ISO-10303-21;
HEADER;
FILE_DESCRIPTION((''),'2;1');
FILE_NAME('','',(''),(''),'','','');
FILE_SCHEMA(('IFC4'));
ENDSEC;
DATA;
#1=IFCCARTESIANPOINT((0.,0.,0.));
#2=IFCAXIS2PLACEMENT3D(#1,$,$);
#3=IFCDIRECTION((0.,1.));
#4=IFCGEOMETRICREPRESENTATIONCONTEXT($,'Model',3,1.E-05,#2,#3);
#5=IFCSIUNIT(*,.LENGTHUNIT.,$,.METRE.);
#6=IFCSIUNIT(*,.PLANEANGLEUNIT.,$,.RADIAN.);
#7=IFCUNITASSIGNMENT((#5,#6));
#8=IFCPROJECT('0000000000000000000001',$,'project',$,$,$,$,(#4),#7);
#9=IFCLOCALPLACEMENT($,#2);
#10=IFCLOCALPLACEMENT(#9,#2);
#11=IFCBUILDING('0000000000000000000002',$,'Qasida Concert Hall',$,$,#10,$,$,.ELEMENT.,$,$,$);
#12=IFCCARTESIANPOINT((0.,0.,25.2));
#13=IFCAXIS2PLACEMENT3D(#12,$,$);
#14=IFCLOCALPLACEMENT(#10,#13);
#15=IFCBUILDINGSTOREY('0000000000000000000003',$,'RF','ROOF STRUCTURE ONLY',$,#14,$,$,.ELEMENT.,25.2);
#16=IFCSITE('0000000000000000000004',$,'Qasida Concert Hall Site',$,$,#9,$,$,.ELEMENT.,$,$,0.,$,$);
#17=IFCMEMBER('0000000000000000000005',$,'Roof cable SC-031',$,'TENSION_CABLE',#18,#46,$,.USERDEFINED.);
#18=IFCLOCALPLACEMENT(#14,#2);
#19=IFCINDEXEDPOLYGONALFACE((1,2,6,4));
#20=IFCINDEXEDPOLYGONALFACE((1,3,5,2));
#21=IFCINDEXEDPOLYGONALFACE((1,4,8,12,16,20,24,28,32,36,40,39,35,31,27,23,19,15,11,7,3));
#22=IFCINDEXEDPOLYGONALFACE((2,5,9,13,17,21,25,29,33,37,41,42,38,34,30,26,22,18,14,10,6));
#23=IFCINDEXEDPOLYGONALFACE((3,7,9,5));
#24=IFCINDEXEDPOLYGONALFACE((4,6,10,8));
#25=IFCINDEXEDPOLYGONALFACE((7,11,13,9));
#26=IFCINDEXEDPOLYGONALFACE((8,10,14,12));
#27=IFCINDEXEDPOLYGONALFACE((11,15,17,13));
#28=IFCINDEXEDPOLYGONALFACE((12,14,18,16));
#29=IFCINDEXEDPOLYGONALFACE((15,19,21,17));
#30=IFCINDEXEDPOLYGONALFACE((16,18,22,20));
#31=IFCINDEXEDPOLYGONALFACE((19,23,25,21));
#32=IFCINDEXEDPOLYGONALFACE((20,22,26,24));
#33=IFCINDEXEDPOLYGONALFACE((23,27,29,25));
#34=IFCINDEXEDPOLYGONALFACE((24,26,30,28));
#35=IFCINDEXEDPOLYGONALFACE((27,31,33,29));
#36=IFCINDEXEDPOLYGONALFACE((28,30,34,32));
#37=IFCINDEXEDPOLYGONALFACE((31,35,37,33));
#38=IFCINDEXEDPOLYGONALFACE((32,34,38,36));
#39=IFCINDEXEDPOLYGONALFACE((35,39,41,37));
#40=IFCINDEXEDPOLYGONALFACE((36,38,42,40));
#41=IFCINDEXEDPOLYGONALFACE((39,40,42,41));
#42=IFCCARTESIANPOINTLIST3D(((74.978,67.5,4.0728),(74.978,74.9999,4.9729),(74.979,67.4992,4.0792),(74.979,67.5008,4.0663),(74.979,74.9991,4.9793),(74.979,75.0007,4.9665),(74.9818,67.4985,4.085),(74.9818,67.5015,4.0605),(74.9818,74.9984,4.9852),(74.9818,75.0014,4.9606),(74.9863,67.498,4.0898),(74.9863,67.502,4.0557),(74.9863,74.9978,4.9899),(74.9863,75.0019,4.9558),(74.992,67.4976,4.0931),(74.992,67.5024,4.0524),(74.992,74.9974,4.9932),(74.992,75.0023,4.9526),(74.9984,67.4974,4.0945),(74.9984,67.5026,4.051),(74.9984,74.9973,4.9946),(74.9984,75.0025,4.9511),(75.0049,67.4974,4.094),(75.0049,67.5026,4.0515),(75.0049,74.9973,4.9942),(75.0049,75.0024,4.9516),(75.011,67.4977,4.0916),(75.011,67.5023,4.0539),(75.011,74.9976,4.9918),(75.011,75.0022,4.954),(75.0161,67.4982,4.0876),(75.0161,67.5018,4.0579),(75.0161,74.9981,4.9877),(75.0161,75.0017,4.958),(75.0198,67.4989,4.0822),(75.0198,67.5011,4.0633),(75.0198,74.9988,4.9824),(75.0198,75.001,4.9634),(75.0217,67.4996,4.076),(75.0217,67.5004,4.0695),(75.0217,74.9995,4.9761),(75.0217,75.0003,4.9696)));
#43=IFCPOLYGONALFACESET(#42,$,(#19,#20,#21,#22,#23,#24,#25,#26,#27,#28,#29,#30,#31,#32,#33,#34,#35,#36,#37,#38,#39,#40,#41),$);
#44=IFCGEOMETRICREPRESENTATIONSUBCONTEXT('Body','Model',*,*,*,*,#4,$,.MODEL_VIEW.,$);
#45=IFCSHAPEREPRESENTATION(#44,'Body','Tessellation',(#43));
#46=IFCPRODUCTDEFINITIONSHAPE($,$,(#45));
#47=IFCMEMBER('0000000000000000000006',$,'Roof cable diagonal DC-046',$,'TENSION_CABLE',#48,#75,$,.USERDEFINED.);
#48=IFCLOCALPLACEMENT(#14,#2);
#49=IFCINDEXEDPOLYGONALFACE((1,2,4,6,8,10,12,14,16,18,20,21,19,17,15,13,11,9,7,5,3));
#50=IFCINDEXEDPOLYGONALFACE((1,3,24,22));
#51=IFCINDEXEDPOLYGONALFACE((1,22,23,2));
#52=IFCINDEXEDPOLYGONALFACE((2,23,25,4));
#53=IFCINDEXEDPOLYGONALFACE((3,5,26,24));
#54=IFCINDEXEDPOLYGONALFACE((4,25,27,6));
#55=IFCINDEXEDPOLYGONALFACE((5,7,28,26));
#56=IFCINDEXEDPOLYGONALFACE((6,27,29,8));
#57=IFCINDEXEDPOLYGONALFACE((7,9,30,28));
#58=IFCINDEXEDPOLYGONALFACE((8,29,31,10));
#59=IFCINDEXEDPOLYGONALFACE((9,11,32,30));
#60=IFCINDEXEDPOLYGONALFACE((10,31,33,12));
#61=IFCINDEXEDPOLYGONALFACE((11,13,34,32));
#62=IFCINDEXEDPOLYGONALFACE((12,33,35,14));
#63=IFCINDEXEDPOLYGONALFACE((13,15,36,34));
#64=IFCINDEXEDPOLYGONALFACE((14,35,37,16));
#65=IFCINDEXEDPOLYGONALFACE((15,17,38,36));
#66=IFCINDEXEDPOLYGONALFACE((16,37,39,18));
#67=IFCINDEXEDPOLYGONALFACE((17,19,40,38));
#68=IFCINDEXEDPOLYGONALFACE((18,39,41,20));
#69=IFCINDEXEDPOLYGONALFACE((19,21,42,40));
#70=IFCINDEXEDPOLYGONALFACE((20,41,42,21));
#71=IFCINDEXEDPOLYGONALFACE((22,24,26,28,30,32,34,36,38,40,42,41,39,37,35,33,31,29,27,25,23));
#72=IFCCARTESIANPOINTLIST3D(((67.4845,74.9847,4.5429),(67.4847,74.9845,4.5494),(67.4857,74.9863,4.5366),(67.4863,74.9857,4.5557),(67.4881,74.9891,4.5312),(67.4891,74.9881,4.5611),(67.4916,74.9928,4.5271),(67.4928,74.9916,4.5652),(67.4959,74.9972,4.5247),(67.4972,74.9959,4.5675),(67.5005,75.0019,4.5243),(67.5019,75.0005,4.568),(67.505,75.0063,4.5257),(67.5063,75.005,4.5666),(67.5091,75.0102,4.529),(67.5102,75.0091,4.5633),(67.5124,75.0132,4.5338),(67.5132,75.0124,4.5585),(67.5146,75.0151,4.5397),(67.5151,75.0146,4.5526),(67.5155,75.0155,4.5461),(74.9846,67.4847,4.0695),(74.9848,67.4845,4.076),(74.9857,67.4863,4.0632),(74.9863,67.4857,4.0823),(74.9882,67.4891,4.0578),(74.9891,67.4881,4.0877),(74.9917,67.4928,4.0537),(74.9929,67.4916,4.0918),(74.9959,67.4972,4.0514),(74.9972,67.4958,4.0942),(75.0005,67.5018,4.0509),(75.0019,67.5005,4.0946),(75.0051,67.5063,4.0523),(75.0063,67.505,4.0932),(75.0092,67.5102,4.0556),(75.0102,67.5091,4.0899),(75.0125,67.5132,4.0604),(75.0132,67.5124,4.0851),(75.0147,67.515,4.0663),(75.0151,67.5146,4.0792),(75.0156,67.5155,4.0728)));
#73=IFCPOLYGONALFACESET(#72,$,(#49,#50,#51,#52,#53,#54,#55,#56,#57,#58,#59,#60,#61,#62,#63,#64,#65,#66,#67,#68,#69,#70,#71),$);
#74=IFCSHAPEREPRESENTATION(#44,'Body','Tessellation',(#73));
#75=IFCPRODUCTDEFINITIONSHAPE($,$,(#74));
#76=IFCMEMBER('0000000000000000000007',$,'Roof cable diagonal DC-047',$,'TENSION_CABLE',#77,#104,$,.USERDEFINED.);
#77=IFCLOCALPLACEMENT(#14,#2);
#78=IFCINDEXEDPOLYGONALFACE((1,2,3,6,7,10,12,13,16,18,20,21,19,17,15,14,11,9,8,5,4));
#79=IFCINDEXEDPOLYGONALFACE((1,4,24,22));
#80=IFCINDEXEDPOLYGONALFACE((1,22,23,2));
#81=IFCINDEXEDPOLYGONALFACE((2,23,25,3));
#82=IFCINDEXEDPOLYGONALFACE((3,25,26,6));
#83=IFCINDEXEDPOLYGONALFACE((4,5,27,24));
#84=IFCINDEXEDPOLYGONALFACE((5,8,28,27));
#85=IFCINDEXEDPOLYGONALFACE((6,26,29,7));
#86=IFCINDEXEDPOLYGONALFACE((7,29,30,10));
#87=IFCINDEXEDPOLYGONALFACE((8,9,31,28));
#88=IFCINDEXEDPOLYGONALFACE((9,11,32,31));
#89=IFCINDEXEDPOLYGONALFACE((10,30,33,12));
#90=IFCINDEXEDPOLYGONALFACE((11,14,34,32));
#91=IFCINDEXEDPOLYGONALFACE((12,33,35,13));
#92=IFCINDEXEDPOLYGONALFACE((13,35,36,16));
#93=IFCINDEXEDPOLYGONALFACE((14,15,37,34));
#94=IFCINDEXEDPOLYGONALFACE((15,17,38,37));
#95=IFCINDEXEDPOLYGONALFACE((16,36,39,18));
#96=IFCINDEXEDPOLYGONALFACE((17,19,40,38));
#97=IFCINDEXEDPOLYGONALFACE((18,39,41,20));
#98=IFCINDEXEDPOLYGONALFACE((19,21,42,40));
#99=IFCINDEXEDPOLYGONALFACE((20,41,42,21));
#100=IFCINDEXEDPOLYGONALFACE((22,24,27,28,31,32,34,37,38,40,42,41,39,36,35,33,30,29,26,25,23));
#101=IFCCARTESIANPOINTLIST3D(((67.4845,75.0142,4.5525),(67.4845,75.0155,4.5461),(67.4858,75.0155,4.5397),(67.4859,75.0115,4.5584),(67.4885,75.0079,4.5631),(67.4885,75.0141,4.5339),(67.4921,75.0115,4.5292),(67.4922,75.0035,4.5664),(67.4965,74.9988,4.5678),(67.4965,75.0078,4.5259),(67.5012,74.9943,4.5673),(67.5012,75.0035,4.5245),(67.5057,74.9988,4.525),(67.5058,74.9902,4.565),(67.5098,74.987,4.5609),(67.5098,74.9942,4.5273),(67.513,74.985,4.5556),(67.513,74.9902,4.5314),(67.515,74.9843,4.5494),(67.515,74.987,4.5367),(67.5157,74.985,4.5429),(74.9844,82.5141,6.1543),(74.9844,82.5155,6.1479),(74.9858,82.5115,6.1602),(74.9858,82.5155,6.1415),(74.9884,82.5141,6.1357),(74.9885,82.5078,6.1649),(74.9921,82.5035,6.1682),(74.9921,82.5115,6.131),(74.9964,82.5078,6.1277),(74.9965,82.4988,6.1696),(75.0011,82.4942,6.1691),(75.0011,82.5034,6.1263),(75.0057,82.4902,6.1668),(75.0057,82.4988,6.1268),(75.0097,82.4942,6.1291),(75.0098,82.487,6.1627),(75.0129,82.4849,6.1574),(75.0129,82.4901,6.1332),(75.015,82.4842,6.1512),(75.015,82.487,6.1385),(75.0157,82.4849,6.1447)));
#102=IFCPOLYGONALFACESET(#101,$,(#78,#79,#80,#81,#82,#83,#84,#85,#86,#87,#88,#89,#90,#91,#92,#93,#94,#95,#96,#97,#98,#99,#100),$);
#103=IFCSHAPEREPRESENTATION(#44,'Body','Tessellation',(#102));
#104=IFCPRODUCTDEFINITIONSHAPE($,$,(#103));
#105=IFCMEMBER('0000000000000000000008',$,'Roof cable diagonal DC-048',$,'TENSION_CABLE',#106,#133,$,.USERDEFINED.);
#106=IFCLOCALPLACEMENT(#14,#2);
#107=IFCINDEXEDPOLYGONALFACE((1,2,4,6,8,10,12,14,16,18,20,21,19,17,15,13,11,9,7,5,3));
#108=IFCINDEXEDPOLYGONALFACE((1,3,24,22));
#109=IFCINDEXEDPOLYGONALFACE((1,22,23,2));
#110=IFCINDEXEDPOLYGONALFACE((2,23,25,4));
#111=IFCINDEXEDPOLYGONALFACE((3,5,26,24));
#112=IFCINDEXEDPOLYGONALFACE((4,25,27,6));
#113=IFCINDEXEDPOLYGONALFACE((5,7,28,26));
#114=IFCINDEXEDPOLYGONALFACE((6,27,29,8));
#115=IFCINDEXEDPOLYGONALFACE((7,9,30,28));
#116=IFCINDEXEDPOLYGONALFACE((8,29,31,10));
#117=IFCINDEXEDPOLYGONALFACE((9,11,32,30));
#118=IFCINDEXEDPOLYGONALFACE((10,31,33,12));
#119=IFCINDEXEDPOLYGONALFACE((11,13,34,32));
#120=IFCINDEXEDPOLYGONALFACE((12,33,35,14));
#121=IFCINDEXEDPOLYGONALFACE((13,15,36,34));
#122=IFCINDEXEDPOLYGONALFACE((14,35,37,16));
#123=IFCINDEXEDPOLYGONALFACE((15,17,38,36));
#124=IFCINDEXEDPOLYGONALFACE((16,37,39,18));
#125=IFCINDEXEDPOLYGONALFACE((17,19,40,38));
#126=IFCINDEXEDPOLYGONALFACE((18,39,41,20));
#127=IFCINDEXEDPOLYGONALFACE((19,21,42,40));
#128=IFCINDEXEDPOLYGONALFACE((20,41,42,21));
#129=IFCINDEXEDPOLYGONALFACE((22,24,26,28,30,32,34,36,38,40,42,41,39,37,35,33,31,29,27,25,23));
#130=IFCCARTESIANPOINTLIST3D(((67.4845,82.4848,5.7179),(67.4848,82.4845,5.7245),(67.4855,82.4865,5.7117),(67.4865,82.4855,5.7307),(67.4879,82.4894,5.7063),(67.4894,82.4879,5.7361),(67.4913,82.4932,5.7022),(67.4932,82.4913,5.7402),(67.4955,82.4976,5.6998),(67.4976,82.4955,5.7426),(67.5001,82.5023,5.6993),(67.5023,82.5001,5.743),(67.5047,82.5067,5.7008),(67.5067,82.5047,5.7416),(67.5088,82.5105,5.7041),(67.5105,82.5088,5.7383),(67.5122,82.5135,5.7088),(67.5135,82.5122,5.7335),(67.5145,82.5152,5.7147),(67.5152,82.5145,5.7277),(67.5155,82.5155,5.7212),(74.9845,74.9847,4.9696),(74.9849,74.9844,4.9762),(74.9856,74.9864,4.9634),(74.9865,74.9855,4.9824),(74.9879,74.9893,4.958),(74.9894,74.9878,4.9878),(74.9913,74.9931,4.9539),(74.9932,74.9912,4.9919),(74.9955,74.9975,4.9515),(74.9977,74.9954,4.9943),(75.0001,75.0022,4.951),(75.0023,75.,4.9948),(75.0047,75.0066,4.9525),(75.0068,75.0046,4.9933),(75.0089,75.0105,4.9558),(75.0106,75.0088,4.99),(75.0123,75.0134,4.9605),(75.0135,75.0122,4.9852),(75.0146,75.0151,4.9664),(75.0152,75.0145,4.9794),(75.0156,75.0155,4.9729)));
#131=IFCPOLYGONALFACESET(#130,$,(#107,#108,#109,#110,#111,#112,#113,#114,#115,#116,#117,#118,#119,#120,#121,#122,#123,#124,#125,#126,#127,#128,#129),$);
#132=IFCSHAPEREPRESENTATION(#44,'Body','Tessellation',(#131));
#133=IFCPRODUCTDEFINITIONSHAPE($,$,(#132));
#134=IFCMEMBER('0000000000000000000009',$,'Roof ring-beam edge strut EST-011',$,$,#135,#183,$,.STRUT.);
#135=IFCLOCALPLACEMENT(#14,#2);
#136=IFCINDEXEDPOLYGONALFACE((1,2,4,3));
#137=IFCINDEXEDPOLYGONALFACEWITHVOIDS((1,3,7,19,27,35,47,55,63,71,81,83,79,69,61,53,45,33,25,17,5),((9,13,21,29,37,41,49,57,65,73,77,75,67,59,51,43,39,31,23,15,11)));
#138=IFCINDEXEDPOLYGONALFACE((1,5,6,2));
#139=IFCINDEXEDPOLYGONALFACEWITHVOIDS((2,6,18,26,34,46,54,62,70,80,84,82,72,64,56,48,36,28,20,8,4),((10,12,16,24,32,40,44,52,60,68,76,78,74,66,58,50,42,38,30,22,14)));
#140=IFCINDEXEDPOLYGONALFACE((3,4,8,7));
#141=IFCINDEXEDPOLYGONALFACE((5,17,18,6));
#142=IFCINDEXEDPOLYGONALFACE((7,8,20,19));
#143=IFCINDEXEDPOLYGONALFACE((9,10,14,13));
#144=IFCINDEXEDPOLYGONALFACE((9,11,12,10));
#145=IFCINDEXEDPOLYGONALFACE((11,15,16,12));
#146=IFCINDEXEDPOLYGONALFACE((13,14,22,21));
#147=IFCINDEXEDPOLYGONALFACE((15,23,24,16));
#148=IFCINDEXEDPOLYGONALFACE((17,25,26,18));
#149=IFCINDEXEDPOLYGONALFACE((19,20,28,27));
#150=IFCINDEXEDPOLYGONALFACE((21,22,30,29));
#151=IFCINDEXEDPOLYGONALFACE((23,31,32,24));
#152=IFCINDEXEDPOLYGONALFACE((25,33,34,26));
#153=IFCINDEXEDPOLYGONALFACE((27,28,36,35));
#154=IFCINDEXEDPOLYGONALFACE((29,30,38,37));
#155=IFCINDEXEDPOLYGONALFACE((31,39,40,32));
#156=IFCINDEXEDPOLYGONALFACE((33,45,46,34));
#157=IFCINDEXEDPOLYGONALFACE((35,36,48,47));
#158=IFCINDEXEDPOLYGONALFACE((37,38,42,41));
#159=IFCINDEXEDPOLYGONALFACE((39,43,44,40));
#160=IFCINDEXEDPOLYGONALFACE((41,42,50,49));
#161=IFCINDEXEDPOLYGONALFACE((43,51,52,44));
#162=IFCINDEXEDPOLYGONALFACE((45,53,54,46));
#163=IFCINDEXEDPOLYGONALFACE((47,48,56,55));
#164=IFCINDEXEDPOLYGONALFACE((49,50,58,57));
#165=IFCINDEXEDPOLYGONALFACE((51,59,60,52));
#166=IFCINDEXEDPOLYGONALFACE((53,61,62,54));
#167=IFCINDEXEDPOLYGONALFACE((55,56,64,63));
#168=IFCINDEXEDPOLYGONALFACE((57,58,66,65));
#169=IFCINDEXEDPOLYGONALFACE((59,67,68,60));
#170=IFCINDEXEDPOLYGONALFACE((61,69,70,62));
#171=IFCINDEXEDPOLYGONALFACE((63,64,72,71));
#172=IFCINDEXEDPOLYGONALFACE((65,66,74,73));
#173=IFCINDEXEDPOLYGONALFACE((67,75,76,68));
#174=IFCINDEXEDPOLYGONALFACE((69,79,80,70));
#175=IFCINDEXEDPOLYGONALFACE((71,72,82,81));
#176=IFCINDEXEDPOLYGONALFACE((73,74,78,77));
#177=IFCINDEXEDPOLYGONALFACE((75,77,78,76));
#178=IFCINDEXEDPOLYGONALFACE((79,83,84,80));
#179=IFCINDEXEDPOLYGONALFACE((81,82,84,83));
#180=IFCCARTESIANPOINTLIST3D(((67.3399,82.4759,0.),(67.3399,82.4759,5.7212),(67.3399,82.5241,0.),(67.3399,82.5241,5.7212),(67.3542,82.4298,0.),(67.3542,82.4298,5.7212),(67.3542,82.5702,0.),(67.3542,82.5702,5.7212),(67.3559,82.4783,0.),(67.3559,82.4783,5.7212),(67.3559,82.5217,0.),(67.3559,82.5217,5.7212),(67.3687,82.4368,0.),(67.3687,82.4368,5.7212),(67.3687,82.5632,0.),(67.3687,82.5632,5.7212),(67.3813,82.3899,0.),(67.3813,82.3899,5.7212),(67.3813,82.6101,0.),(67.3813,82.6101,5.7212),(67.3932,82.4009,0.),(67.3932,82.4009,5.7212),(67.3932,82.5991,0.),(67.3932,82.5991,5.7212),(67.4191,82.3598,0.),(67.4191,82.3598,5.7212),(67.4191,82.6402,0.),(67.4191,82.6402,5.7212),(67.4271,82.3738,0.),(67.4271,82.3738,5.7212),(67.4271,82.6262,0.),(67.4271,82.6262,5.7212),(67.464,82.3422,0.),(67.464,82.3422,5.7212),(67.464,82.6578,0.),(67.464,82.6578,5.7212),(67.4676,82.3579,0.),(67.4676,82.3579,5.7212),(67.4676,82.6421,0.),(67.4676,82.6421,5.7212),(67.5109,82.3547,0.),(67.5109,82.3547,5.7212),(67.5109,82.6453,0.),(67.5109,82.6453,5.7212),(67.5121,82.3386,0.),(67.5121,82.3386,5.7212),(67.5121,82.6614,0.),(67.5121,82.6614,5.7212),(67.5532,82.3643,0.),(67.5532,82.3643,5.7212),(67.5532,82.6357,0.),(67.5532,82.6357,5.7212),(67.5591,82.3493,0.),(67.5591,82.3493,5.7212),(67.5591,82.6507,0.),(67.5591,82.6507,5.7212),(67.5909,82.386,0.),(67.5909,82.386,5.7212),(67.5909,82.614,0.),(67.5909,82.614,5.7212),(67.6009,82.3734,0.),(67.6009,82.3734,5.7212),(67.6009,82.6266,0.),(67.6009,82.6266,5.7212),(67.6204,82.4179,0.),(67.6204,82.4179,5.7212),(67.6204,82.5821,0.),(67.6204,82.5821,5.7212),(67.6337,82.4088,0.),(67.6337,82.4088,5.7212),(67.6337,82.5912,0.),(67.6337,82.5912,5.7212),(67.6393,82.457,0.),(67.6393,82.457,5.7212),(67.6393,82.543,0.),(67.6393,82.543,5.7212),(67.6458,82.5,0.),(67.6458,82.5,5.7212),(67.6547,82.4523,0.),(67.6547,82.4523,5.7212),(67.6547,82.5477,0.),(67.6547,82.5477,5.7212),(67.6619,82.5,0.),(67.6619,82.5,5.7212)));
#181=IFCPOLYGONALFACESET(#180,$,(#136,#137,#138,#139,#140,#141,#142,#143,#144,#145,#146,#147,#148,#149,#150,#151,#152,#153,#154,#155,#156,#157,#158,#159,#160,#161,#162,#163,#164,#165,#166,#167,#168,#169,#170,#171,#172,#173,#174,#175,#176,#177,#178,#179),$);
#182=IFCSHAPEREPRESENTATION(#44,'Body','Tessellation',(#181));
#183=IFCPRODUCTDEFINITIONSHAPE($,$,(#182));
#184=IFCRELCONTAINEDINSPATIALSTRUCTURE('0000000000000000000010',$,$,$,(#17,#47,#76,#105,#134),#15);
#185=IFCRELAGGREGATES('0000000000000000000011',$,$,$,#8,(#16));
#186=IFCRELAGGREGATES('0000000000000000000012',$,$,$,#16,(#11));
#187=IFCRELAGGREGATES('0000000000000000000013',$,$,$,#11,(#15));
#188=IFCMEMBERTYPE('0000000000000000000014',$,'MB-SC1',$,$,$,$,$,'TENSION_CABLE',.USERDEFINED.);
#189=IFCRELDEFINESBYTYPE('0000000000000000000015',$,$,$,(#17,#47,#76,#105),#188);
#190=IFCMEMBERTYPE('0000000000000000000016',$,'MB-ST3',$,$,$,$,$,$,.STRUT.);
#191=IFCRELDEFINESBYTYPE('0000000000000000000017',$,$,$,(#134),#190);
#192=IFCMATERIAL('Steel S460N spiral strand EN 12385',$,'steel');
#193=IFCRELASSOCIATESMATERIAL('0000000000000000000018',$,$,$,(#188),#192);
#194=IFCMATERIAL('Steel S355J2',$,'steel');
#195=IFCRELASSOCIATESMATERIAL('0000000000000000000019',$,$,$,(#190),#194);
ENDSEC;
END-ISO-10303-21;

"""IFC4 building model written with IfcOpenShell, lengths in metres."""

from ifc_helpers import new_model, si_unit, direction, frame, origin, origin_2d, place, context, subcontext, project, spatial, circle, hollow_circle, extrude, material, material_profile, profile_set, type_object, element, save


model = new_model("IFC4")

# Units and contexts
model_context = context("Model", 3, precision=1e-05, world=origin(), true_north=direction((0.0, 1.0)))
body_context = subcontext(model_context, "Body", "Model", "MODEL_VIEW")
ifc_project = project(units=[si_unit("LENGTHUNIT", "METRE"), si_unit("PLANEANGLEUNIT", "RADIAN")], contexts=[model_context])

# Site, building, storey
site_placement = place(None, origin())
site = spatial("IfcSite", under=ifc_project, at=site_placement, Name="Qasida Concert Hall Site", CompositionType="ELEMENT", RefElevation=0.0)
building_placement = place(site_placement, origin())
building = spatial("IfcBuilding", under=site, at=building_placement, Name="Qasida Concert Hall", CompositionType="ELEMENT")
storey_placement = place(building_placement, frame((0.0, 0.0, 25.2)))
storey = spatial("IfcBuildingStorey", under=building, at=storey_placement, Name="RF", Description="ROOF STRUCTURE ONLY", CompositionType="ELEMENT", Elevation=25.2)

# Members
ifc_material_1 = material(Name="Steel S460N spiral strand EN 12385", Category="steel")
ifc_material_2 = material(Name="Steel S355J2", Category="steel")
ifc_material_profile_1 = material_profile(ifc_material_1, circle(Radius=0.022, at=origin_2d()), Name="STRAND D44")
ifc_profile_set_1 = profile_set([ifc_material_profile_1], Name="Steel S460N spiral strand EN 12385")
member_type_1 = type_object("IfcMemberType", Name="MB-SC1", ElementType="TENSION_CABLE", PredefinedType="USERDEFINED", material=ifc_profile_set_1)
member_1_placement = place(storey_placement, frame((75.0, 67.5, 4.0728), z_axis=(0.0, 0.992875, 0.119164), x_axis=(-1.0, 0.0, 0.0)))
element("IfcMember", 1, at=member_1_placement, inside=storey, type_object=member_type_1, Name="Roof cable SC-031", ObjectType="TENSION_CABLE", PredefinedType="USERDEFINED", context=body_context, shape_type="SweptSolid", body=[
    extrude(circle(Radius=0.022, at=origin_2d()), origin(), (0.0, 0.0, 1.0), 7.5537),
])
member_2_placement = place(storey_placement, frame((67.5, 75.0, 4.5461), z_axis=(0.706404, -0.706404, -0.044587), x_axis=(0.707107, 0.707107, 0.0)))
element("IfcMember", 2, at=member_2_placement, inside=storey, type_object=member_type_1, Name="Roof cable diagonal DC-046", ObjectType="TENSION_CABLE", PredefinedType="USERDEFINED", context=body_context, shape_type="SweptSolid", body=[
    extrude(circle(Radius=0.022, at=origin_2d()), origin(), (0.0, 0.0, 1.0), 10.6172),
])
member_3_placement = place(storey_placement, frame((67.5, 75.0, 4.5461), z_axis=(0.699179, 0.699179, 0.149327), x_axis=(-0.707107, 0.707107, 0.0)))
element("IfcMember", 3, at=member_3_placement, inside=storey, type_object=member_type_1, Name="Roof cable diagonal DC-047", ObjectType="TENSION_CABLE", PredefinedType="USERDEFINED", context=body_context, shape_type="SweptSolid", body=[
    extrude(circle(Radius=0.022, at=origin_2d()), origin(), (0.0, 0.0, 1.0), 10.7268),
])
member_4_placement = place(storey_placement, frame((67.5, 82.5, 5.7212), z_axis=(0.705354, -0.705354, -0.070375), x_axis=(0.707107, 0.707107, 0.0)))
element("IfcMember", 4, at=member_4_placement, inside=storey, type_object=member_type_1, Name="Roof cable diagonal DC-048", ObjectType="TENSION_CABLE", PredefinedType="USERDEFINED", context=body_context, shape_type="SweptSolid", body=[
    extrude(circle(Radius=0.022, at=origin_2d()), origin(), (0.0, 0.0, 1.0), 10.6331),
])
ifc_material_profile_2 = material_profile(ifc_material_2, hollow_circle(Radius=0.1619, WallThickness=0.0161, at=origin_2d()), Name="CHS 323.9x16")
ifc_profile_set_2 = profile_set([ifc_material_profile_2], Name="Steel S355J2")
member_type_2 = type_object("IfcMemberType", Name="MB-ST3", PredefinedType="STRUT", material=ifc_profile_set_2)
member_5_placement = place(storey_placement, frame((67.5, 82.5, 0.0), z_axis=(0.0, 0.0, 1.0), x_axis=(1.0, 0.0, 0.0)))
element("IfcMember", 5, at=member_5_placement, inside=storey, type_object=member_type_2, Name="Roof ring-beam edge strut EST-011", PredefinedType="STRUT", context=body_context, shape_type="SweptSolid", body=[
    extrude(hollow_circle(Radius=0.1619, WallThickness=0.0161, at=origin_2d()), origin(), (0.0, 0.0, 1.0), 5.7212),
])

save(model, "model.ifc")
